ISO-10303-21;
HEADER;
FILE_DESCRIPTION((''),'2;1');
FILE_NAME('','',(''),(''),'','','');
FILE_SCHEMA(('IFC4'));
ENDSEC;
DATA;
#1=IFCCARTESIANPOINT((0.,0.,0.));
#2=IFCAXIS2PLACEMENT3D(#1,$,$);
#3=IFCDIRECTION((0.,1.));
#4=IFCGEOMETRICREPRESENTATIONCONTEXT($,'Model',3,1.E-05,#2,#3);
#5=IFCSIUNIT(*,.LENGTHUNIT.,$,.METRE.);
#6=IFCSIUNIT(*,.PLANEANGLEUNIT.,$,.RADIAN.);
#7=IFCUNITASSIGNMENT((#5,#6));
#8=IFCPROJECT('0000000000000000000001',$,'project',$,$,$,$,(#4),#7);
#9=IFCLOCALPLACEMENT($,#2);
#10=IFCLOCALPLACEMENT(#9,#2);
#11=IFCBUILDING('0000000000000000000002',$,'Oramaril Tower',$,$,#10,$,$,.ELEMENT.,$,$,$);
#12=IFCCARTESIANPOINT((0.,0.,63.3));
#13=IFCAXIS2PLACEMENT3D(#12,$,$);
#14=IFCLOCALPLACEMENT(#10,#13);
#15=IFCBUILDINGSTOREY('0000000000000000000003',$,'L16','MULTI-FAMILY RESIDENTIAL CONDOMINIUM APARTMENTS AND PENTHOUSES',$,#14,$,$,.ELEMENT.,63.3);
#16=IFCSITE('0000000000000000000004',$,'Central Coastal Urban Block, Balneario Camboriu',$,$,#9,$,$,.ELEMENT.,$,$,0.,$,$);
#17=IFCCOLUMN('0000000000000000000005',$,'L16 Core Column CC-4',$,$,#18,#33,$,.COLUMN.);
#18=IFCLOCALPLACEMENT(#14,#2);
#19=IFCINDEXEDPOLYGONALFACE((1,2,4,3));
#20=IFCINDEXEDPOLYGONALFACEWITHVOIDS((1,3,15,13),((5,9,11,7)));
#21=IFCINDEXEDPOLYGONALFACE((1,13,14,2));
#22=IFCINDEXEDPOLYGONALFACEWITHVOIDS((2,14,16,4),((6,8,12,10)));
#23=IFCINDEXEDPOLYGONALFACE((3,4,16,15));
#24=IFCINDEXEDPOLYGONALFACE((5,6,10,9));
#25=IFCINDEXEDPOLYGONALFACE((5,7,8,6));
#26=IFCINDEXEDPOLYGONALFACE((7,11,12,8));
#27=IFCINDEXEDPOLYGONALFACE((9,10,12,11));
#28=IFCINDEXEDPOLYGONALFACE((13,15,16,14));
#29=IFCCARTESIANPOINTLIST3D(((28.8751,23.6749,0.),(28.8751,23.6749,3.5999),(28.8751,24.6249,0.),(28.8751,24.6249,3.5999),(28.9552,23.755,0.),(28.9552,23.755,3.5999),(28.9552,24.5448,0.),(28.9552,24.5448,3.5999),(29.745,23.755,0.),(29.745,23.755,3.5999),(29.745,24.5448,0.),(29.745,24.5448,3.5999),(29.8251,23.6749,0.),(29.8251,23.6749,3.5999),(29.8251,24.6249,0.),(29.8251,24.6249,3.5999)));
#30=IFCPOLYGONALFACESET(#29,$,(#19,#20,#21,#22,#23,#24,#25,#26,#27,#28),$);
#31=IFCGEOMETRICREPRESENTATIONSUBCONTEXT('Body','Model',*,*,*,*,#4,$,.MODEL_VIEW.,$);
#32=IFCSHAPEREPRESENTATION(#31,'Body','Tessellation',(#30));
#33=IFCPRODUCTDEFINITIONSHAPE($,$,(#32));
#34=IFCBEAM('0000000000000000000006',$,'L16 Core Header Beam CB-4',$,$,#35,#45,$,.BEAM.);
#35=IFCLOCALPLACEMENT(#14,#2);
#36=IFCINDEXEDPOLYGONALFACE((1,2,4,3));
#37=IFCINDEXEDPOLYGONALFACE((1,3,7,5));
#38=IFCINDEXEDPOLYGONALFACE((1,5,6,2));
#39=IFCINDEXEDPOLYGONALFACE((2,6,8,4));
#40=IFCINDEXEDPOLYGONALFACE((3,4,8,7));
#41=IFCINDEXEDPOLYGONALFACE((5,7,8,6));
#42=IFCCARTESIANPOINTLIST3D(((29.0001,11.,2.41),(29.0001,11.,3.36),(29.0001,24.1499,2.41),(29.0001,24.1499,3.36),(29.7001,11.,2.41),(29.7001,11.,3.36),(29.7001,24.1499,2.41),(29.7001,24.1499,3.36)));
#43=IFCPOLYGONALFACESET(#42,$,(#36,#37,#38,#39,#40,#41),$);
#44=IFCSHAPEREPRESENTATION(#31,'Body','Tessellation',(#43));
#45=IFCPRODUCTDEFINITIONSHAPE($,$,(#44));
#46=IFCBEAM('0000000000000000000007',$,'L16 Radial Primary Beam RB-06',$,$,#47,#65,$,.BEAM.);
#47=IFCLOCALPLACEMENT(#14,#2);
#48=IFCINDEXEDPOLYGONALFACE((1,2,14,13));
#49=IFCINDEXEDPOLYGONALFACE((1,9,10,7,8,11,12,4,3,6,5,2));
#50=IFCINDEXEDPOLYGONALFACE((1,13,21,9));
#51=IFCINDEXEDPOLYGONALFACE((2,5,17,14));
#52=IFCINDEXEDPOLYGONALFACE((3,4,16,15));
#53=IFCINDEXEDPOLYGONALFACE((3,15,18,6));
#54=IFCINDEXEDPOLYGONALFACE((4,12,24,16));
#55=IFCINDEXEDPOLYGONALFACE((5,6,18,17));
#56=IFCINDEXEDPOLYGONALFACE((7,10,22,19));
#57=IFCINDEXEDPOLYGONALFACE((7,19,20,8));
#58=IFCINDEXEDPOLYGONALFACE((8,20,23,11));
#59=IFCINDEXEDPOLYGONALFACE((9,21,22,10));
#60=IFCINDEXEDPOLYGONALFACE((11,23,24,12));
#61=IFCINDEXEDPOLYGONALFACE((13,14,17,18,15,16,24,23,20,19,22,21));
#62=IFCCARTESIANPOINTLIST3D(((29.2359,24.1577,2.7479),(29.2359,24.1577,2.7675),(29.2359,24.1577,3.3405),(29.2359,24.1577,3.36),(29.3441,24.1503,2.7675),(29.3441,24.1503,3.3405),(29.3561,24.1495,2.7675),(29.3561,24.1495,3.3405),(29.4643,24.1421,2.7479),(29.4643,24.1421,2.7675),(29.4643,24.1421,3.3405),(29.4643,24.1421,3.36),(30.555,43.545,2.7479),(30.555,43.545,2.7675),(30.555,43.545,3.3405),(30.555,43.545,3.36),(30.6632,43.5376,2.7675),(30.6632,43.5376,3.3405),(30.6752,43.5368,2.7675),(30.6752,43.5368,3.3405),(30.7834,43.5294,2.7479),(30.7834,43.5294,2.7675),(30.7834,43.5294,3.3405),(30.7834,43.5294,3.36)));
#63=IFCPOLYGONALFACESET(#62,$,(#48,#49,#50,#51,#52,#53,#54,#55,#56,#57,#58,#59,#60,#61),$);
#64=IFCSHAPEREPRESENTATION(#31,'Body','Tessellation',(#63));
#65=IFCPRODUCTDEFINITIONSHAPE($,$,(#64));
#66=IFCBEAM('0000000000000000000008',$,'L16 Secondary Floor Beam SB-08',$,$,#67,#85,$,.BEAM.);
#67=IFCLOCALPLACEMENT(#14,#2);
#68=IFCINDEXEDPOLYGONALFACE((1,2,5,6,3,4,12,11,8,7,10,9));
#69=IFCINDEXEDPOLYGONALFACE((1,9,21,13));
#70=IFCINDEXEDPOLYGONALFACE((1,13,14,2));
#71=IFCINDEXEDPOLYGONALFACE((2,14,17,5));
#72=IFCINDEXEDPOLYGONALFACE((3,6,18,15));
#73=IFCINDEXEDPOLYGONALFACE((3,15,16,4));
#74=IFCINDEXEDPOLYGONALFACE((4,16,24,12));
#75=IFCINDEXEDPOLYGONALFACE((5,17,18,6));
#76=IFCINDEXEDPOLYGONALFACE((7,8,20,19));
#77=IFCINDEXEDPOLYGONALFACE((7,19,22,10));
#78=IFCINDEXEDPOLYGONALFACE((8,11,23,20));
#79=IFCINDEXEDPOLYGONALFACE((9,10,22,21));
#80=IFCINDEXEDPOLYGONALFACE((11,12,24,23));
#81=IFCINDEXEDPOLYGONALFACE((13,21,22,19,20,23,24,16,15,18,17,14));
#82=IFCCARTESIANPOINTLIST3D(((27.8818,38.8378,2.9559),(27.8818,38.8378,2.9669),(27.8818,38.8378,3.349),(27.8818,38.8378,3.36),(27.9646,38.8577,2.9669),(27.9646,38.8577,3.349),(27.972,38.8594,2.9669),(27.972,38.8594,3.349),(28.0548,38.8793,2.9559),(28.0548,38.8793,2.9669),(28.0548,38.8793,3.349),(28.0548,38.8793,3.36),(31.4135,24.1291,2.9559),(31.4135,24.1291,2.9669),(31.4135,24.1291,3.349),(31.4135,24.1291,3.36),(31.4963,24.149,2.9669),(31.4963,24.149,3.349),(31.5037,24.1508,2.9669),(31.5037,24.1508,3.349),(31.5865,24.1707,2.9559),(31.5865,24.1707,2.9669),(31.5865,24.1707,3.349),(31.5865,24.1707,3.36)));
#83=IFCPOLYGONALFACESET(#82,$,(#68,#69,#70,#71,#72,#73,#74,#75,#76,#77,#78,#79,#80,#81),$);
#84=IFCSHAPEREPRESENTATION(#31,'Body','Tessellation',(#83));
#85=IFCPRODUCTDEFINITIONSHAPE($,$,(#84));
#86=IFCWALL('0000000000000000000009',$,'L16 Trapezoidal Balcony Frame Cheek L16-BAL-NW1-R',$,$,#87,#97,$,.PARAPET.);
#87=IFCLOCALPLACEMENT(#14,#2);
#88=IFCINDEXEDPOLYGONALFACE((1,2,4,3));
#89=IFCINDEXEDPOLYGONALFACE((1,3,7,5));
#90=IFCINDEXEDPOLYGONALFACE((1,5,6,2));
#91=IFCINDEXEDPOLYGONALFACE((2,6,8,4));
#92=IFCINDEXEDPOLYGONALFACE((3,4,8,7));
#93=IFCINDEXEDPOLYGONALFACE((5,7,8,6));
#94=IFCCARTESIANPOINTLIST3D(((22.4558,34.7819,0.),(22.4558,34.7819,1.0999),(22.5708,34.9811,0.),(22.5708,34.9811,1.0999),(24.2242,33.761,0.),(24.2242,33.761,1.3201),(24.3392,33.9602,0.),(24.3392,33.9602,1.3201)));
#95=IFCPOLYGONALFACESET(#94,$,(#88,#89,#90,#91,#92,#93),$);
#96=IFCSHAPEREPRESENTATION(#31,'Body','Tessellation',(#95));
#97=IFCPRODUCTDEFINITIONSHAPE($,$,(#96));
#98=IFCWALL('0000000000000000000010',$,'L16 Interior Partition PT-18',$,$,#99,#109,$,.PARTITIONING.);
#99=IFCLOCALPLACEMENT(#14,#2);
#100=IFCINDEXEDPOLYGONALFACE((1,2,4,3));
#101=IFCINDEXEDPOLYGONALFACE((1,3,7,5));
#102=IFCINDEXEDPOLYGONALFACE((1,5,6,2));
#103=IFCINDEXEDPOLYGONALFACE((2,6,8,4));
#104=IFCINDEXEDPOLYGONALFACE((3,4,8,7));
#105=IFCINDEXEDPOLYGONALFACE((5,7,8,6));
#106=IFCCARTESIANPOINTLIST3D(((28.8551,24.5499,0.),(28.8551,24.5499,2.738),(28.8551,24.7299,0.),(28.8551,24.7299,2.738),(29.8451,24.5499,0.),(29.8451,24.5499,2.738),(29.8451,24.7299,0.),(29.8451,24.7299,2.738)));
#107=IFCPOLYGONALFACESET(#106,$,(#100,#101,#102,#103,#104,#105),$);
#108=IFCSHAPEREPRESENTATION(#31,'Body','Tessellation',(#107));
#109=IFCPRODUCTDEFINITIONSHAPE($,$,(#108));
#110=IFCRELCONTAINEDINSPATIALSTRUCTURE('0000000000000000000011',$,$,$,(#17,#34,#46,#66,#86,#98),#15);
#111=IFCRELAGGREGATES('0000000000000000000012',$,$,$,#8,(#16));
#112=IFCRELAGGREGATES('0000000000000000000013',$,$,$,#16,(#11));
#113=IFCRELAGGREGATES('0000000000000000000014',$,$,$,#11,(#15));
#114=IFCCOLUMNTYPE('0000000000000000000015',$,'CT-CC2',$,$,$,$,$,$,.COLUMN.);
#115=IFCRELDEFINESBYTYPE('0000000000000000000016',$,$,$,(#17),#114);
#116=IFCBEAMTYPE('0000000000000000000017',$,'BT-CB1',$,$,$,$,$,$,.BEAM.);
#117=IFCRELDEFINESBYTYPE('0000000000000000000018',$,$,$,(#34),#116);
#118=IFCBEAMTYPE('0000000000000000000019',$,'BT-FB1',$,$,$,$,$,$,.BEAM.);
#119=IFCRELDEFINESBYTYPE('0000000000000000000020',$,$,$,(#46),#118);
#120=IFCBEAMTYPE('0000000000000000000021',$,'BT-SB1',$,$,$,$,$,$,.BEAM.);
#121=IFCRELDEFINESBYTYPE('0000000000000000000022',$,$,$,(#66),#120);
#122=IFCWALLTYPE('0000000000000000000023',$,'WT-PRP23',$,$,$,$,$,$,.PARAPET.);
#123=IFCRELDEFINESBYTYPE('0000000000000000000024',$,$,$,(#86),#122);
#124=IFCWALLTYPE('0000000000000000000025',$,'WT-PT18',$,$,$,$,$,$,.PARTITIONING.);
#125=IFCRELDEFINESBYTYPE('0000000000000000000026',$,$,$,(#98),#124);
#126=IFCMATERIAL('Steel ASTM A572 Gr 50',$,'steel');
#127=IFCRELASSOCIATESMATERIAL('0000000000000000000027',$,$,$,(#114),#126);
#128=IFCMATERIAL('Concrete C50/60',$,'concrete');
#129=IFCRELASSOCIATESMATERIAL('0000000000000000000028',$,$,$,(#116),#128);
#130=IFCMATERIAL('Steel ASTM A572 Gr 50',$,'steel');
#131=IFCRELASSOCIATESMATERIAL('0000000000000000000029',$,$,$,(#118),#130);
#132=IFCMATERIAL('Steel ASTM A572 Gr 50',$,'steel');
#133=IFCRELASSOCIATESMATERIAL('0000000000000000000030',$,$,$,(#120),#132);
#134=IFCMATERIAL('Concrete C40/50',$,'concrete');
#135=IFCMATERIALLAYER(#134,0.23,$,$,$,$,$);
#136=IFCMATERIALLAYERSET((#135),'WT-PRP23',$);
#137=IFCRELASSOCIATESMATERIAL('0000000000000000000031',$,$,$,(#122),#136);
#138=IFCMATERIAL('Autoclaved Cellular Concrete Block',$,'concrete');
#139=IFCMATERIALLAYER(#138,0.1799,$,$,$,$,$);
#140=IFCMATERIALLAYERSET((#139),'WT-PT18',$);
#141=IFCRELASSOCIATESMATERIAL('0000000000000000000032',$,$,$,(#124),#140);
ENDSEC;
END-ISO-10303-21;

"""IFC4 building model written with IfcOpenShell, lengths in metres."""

from ifc_helpers import new_model, si_unit, direction, frame, frame_2d, origin, origin_2d, place, context, subcontext, project, spatial, polyline, rectangle, hollow_rectangle, i_section, outline, extrude, material, layer, layer_set, material_profile, profile_set, type_object, element, save


model = new_model("IFC4")

# Units and contexts
model_context = context("Model", 3, precision=1e-05, world=origin(), true_north=direction((0.0, 1.0)))
body_context = subcontext(model_context, "Body", "Model", "MODEL_VIEW")
ifc_project = project(units=[si_unit("LENGTHUNIT", "METRE"), si_unit("PLANEANGLEUNIT", "RADIAN")], contexts=[model_context])

# Site, building, storey
site_placement = place(None, origin())
site = spatial("IfcSite", under=ifc_project, at=site_placement, Name="Central Coastal Urban Block, Balneario Camboriu", CompositionType="ELEMENT", RefElevation=0.0)
building_placement = place(site_placement, origin())
building = spatial("IfcBuilding", under=site, at=building_placement, Name="Oramaril Tower", CompositionType="ELEMENT")
storey_placement = place(building_placement, frame((0.0, 0.0, 63.3)))
storey = spatial("IfcBuildingStorey", under=building, at=storey_placement, Name="L16", Description="MULTI-FAMILY RESIDENTIAL CONDOMINIUM APARTMENTS AND PENTHOUSES", CompositionType="ELEMENT", Elevation=63.3)

# Column
ifc_material_1 = material(Name="Steel ASTM A572 Gr 50", Category="steel")
ifc_material_profile_1 = material_profile(ifc_material_1, hollow_rectangle(XDim=0.95, YDim=0.95, WallThickness=0.0801, at=origin_2d()), Name="BOX950X950X80")
ifc_profile_set_1 = profile_set([ifc_material_profile_1], Name="Steel ASTM A572 Gr 50")
column_type = type_object("IfcColumnType", Name="CT-CC2", PredefinedType="COLUMN", material=ifc_profile_set_1)
column_placement = place(storey_placement, frame((29.3501, 24.1499, 0.0), z_axis=(0.0, 0.0, 1.0), x_axis=(1.0, 0.0, 0.0)))
element("IfcColumn", 1, at=column_placement, inside=storey, type_object=column_type, Name="L16 Core Column CC-4", PredefinedType="COLUMN", context=body_context, shape_type="SweptSolid", body=[
    extrude(hollow_rectangle(XDim=0.95, YDim=0.95, WallThickness=0.0801, at=origin_2d()), origin(), (0.0, 0.0, 1.0), 3.5999),
])

# Beams
ifc_material_2 = material(Name="Concrete C50/60", Category="concrete")
ifc_material_profile_2 = material_profile(ifc_material_2, rectangle(XDim=0.7, YDim=0.95, at=origin_2d()), Name="CB700X950")
ifc_profile_set_2 = profile_set([ifc_material_profile_2], Name="Concrete C50/60")
beam_type_1 = type_object("IfcBeamType", Name="BT-CB1", PredefinedType="BEAM", material=ifc_profile_set_2)
beam_1_placement = place(storey_placement, frame((29.3501, 24.1499, 2.885), z_axis=(0.0, -1.0, 0.0), x_axis=(1.0, 0.0, 0.0)))
element("IfcBeam", 2, at=beam_1_placement, inside=storey, type_object=beam_type_1, Name="L16 Core Header Beam CB-4", PredefinedType="BEAM", context=body_context, shape_type="SweptSolid", body=[
    extrude(rectangle(XDim=0.7, YDim=0.95, at=origin_2d()), origin(), (0.0, 0.0, 1.0), 13.1499),
])
ifc_material_3 = material(Name="Steel ASTM A572 Gr 50", Category="steel")
ifc_material_profile_3 = material_profile(ifc_material_3, i_section(OverallWidth=0.229, OverallDepth=0.6121, WebThickness=0.012, FlangeThickness=0.0195, at=origin_2d()), Name="W24X84")
ifc_profile_set_3 = profile_set([ifc_material_profile_3], Name="Steel ASTM A572 Gr 50")
beam_type_2 = type_object("IfcBeamType", Name="BT-FB1", PredefinedType="BEAM", material=ifc_profile_set_3)
beam_2_placement = place(storey_placement, frame((29.3501, 24.1499, 3.054), z_axis=(0.067882, 0.997693, 0.0), x_axis=(-0.997693, 0.067882, 0.0)))
element("IfcBeam", 3, at=beam_2_placement, inside=storey, type_object=beam_type_2, Name="L16 Radial Primary Beam RB-06", PredefinedType="BEAM", context=body_context, shape_type="SweptSolid", body=[
    extrude(i_section(OverallWidth=0.229, OverallDepth=0.6121, WebThickness=0.012, FlangeThickness=0.0195, at=origin_2d()), origin(), (0.0, 0.0, 1.0), 19.4321),
])
ifc_material_4 = material(Name="Steel ASTM A572 Gr 50", Category="steel")
ifc_material_profile_4 = material_profile(ifc_material_4, i_section(OverallWidth=0.178, OverallDepth=0.4041, WebThickness=0.0076, FlangeThickness=0.011, at=origin_2d()), Name="W16X36")
ifc_profile_set_4 = profile_set([ifc_material_profile_4], Name="Steel ASTM A572 Gr 50")
beam_type_3 = type_object("IfcBeamType", Name="BT-SB1", PredefinedType="BEAM", material=ifc_profile_set_4)
beam_3_placement = place(storey_placement, frame((31.5, 24.1499, 3.158), z_axis=(-0.233476, 0.972363, 0.0), x_axis=(-0.972363, -0.233476, 0.0)))
element("IfcBeam", 4, at=beam_3_placement, inside=storey, type_object=beam_type_3, Name="L16 Secondary Floor Beam SB-08", PredefinedType="BEAM", context=body_context, shape_type="SweptSolid", body=[
    extrude(i_section(OverallWidth=0.178, OverallDepth=0.4041, WebThickness=0.0076, FlangeThickness=0.011, at=origin_2d()), origin(), (0.0, 0.0, 1.0), 15.1267),
])

# Walls
ifc_material_5 = material(Name="Concrete C40/50", Category="concrete")
ifc_layer_1 = layer(ifc_material_5, 0.23)
ifc_layer_set_1 = layer_set([ifc_layer_1], Name="WT-PRP23")
wall_type_1 = type_object("IfcWallType", Name="WT-PRP23", PredefinedType="PARAPET", material=ifc_layer_set_1)
wall_1_placement = place(storey_placement, frame((24.2817, 33.8606, 0.0), z_axis=(0.0, 0.0, 1.0), x_axis=(-0.866042, 0.499971, 0.0)))
element("IfcWall", 5, at=wall_1_placement, inside=storey, type_object=wall_type_1, Name="L16 Trapezoidal Balcony Frame Cheek L16-BAL-NW1-R", PredefinedType="PARAPET", context=body_context, shape_type="SweptSolid", body=[
    extrude(outline(polyline([(0.0, 0.0), (2.042, 0.0), (2.042, 1.0999), (0.0, 1.3201), (0.0, 0.0)])), frame((0.0, 0.115, 0.0), z_axis=(0.0, -1.0, 0.0), x_axis=(1.0, 0.0, 0.0)), (0.0, 0.0, 1.0), 0.23),
])
ifc_material_6 = material(Name="Autoclaved Cellular Concrete Block", Category="concrete")
ifc_layer_2 = layer(ifc_material_6, 0.1799)
ifc_layer_set_2 = layer_set([ifc_layer_2], Name="WT-PT18")
wall_type_2 = type_object("IfcWallType", Name="WT-PT18", PredefinedType="PARTITIONING", material=ifc_layer_set_2)
wall_2_placement = place(storey_placement, frame((28.855, 24.6399, 0.0), z_axis=(0.0, 0.0, 1.0), x_axis=(1.0, 0.0, 0.0)))
element("IfcWall", 6, at=wall_2_placement, inside=storey, type_object=wall_type_2, Name="L16 Interior Partition PT-18", PredefinedType="PARTITIONING", context=body_context, shape_type="SweptSolid", body=[
    extrude(rectangle(XDim=0.99, YDim=0.1799, at=frame_2d((0.4951, 0.0))), origin(), (0.0, 0.0, 1.0), 2.738),
])

save(model, "model.ifc")
